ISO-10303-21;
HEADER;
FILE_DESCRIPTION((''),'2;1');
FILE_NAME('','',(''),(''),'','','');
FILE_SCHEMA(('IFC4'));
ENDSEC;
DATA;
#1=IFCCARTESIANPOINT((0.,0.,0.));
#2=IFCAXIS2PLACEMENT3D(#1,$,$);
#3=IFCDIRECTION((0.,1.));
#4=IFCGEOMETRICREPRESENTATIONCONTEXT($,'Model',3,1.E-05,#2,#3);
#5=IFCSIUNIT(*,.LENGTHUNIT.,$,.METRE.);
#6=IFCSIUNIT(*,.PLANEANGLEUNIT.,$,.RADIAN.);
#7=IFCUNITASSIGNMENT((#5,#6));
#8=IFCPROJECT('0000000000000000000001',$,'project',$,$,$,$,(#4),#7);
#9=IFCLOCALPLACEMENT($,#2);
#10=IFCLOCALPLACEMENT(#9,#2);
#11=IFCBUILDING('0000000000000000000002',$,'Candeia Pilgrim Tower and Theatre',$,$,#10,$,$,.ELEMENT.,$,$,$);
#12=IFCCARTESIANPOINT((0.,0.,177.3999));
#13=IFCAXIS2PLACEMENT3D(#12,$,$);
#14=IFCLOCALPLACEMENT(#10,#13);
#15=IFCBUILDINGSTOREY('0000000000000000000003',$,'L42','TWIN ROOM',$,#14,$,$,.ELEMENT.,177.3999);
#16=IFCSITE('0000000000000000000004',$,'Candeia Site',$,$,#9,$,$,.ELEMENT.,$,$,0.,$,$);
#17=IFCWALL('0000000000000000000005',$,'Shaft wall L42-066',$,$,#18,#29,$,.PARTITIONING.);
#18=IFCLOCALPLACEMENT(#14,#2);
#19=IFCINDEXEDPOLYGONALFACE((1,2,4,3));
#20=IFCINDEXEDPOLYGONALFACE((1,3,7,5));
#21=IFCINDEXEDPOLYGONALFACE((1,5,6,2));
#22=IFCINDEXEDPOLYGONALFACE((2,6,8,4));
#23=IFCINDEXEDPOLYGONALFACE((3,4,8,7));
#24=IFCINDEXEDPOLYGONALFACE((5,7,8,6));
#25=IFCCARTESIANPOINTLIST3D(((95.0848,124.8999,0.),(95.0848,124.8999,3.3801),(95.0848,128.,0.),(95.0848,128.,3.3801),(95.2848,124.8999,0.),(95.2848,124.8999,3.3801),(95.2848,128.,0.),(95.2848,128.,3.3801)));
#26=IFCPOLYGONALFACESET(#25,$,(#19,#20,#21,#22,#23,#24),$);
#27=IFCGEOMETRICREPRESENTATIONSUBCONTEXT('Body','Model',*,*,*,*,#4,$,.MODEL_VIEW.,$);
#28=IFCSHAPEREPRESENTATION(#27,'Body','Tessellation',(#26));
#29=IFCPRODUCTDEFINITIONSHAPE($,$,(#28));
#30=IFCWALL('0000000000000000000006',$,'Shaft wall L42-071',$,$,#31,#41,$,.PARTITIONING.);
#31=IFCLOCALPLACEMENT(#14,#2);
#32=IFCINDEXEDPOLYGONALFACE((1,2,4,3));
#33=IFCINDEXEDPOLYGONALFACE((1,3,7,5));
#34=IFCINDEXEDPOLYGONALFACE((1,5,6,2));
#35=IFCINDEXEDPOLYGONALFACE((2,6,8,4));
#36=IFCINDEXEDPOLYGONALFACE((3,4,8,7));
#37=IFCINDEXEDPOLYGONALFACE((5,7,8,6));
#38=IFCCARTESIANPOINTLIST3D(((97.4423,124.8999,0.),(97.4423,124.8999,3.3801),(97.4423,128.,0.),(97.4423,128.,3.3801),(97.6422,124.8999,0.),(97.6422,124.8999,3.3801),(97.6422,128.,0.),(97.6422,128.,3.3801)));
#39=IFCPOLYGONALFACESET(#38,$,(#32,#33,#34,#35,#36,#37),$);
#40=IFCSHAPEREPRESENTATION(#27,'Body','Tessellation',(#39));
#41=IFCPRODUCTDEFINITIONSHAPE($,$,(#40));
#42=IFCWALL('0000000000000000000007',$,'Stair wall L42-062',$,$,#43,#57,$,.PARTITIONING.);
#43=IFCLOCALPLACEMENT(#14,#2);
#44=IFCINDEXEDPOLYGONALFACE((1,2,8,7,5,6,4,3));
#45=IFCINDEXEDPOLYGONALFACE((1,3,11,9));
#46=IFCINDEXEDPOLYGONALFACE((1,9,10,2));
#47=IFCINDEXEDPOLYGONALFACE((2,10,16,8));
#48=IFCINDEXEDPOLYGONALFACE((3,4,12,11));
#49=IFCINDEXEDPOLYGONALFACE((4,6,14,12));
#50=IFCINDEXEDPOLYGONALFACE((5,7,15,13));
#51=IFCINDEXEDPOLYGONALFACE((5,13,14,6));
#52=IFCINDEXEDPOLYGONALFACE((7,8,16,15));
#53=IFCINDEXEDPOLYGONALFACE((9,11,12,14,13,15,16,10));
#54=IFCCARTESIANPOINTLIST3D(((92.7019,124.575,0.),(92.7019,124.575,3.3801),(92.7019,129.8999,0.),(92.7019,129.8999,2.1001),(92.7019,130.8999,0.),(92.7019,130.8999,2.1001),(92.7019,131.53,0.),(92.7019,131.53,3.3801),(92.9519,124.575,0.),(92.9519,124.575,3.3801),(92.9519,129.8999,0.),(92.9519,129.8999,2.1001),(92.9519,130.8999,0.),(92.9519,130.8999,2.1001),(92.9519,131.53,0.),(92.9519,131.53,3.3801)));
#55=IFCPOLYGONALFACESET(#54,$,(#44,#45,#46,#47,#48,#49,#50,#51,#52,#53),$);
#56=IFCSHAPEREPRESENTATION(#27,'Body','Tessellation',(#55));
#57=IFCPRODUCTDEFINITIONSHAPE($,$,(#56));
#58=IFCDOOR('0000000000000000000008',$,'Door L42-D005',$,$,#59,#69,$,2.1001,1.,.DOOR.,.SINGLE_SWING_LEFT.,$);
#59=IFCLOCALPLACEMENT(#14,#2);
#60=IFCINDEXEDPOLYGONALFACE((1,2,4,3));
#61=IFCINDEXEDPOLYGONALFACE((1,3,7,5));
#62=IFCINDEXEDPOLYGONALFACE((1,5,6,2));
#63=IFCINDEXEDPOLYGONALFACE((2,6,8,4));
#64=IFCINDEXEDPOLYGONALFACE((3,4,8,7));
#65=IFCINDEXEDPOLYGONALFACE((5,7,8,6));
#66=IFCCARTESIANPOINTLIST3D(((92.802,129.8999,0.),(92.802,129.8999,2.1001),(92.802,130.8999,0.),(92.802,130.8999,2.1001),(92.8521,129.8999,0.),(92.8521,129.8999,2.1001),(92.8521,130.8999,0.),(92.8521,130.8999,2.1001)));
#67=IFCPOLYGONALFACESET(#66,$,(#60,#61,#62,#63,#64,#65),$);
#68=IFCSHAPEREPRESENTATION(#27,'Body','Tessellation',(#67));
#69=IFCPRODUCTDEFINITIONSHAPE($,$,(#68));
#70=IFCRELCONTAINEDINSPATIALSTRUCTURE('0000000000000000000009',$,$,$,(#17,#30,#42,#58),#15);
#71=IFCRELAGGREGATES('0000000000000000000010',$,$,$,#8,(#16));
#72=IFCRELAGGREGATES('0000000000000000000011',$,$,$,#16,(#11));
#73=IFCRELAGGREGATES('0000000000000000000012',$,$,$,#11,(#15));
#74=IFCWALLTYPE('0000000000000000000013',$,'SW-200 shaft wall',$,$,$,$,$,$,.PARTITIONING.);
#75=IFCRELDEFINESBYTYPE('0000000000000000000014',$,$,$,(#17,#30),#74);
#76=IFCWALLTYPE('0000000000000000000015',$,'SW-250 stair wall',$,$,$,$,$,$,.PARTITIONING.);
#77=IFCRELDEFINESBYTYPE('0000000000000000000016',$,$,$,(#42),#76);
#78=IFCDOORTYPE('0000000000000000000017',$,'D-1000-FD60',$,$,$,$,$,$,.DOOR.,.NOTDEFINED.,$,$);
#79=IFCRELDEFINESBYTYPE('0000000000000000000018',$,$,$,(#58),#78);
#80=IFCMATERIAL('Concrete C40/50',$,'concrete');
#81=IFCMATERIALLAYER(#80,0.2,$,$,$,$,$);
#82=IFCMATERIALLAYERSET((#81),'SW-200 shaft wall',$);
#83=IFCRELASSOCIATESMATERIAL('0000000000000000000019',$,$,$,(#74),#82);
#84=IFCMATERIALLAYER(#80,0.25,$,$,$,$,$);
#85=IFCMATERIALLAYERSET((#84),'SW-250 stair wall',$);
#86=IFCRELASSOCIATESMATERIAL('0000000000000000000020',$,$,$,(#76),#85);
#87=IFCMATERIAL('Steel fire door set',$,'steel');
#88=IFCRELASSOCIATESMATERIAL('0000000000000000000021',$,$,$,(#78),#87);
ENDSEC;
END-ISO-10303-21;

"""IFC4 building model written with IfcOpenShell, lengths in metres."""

from ifc_helpers import new_model, si_unit, direction, frame, frame_2d, origin, place, context, subcontext, project, spatial, rectangle, extrude, material, layer, layer_set, type_object, element, fill, save


model = new_model("IFC4")

# Units and contexts
model_context = context("Model", 3, precision=1e-05, world=origin(), true_north=direction((0.0, 1.0)))
body_context = subcontext(model_context, "Body", "Model", "MODEL_VIEW")
ifc_project = project(units=[si_unit("LENGTHUNIT", "METRE"), si_unit("PLANEANGLEUNIT", "RADIAN")], contexts=[model_context])

# Site, building, storey
site_placement = place(None, origin())
site = spatial("IfcSite", under=ifc_project, at=site_placement, Name="Candeia Site", CompositionType="ELEMENT", RefElevation=0.0)
building_placement = place(site_placement, origin())
building = spatial("IfcBuilding", under=site, at=building_placement, Name="Candeia Pilgrim Tower and Theatre", CompositionType="ELEMENT")
storey_placement = place(building_placement, frame((0.0, 0.0, 177.3999)))
storey = spatial("IfcBuildingStorey", under=building, at=storey_placement, Name="L42", Description="TWIN ROOM", CompositionType="ELEMENT", Elevation=177.3999)

# Shared definitions
ifc_material_1 = material(Name="Steel fire door set", Category="steel")

# Shared definitions
ifc_material_2 = material(Name="Concrete C40/50", Category="concrete")
ifc_layer_1 = layer(ifc_material_2, 0.2)
ifc_layer_set_1 = layer_set([ifc_layer_1], Name="SW-200 shaft wall")
wall_type_1 = type_object("IfcWallType", Name="SW-200 shaft wall", PredefinedType="PARTITIONING", material=ifc_layer_set_1)

# Walls
for number, where, z_axis, x_axis, name in (
    (1, (95.1848, 124.8999, 0.0), (0.0, 0.0, 1.0), (0.0, 1.0, 0.0), "Shaft wall L42-066"),
    (2, (97.5422, 124.8999, 0.0), (0.0, 0.0, 1.0), (0.0, 1.0, 0.0), "Shaft wall L42-071"),
):
    element("IfcWall", number, at=place(storey_placement, frame(where, z_axis=z_axis, x_axis=x_axis)), inside=storey, type_object=wall_type_1, Name=name, PredefinedType="PARTITIONING", context=body_context, shape_type="SweptSolid", body=[
        extrude(rectangle(XDim=3.1001, YDim=0.2, at=frame_2d((1.55, 0.0))), origin(), (0.0, 0.0, 1.0), 3.3801),
    ])

# Wall, opening, door
ifc_layer_2 = layer(ifc_material_2, 0.25)
ifc_layer_set_2 = layer_set([ifc_layer_2], Name="SW-250 stair wall")
wall_type_2 = type_object("IfcWallType", Name="SW-250 stair wall", PredefinedType="PARTITIONING", material=ifc_layer_set_2)
wall_1_placement = place(storey_placement, frame((92.8269, 124.575, 0.0), z_axis=(0.0, 0.0, 1.0), x_axis=(0.0, 1.0, 0.0)))
wall_1 = element("IfcWall", 3, at=wall_1_placement, inside=storey, type_object=wall_type_2, Name="Stair wall L42-062", PredefinedType="PARTITIONING", context=body_context, shape_type="SweptSolid", body=[
    extrude(rectangle(XDim=6.9551, YDim=0.25, at=frame_2d((3.4775, 0.0))), origin(), (0.0, 0.0, 1.0), 3.3801),
])
opening_1_placement = place(wall_1_placement, frame((5.325, 0.0, 0.0)))
opening_1 = element("IfcOpeningElement", 4, at=opening_1_placement, cuts=wall_1, PredefinedType="OPENING", context=body_context, shape_type="SweptSolid", body=[
    extrude(rectangle(XDim=1.0, YDim=2.1001, at=frame_2d((0.5, 1.05))), frame((0.0, 0.135, 0.0), z_axis=(0.0, -1.0, 0.0), x_axis=(1.0, 0.0, 0.0)), (0.0, 0.0, 1.0), 0.27),
])
door_type_1 = type_object("IfcDoorType", Name="D-1000-FD60", OperationType="NOTDEFINED", PredefinedType="DOOR", material=ifc_material_1)
door_1_placement = place(opening_1_placement, origin())
door_1 = element("IfcDoor", 5, at=door_1_placement, inside=storey, type_object=door_type_1, Name="Door L42-D005", OperationType="SINGLE_SWING_LEFT", OverallHeight=2.1001, OverallWidth=1.0, PredefinedType="DOOR", context=body_context, shape_type="SweptSolid", body=[
    extrude(rectangle(XDim=1.0, YDim=2.1001, at=frame_2d((0.5, 1.05))), frame((0.0, 0.0249, 0.0), z_axis=(0.0, -1.0, 0.0), x_axis=(1.0, 0.0, 0.0)), (0.0, 0.0, 1.0), 0.05),
])
fill(opening_1, door_1)

save(model, "model.ifc")
